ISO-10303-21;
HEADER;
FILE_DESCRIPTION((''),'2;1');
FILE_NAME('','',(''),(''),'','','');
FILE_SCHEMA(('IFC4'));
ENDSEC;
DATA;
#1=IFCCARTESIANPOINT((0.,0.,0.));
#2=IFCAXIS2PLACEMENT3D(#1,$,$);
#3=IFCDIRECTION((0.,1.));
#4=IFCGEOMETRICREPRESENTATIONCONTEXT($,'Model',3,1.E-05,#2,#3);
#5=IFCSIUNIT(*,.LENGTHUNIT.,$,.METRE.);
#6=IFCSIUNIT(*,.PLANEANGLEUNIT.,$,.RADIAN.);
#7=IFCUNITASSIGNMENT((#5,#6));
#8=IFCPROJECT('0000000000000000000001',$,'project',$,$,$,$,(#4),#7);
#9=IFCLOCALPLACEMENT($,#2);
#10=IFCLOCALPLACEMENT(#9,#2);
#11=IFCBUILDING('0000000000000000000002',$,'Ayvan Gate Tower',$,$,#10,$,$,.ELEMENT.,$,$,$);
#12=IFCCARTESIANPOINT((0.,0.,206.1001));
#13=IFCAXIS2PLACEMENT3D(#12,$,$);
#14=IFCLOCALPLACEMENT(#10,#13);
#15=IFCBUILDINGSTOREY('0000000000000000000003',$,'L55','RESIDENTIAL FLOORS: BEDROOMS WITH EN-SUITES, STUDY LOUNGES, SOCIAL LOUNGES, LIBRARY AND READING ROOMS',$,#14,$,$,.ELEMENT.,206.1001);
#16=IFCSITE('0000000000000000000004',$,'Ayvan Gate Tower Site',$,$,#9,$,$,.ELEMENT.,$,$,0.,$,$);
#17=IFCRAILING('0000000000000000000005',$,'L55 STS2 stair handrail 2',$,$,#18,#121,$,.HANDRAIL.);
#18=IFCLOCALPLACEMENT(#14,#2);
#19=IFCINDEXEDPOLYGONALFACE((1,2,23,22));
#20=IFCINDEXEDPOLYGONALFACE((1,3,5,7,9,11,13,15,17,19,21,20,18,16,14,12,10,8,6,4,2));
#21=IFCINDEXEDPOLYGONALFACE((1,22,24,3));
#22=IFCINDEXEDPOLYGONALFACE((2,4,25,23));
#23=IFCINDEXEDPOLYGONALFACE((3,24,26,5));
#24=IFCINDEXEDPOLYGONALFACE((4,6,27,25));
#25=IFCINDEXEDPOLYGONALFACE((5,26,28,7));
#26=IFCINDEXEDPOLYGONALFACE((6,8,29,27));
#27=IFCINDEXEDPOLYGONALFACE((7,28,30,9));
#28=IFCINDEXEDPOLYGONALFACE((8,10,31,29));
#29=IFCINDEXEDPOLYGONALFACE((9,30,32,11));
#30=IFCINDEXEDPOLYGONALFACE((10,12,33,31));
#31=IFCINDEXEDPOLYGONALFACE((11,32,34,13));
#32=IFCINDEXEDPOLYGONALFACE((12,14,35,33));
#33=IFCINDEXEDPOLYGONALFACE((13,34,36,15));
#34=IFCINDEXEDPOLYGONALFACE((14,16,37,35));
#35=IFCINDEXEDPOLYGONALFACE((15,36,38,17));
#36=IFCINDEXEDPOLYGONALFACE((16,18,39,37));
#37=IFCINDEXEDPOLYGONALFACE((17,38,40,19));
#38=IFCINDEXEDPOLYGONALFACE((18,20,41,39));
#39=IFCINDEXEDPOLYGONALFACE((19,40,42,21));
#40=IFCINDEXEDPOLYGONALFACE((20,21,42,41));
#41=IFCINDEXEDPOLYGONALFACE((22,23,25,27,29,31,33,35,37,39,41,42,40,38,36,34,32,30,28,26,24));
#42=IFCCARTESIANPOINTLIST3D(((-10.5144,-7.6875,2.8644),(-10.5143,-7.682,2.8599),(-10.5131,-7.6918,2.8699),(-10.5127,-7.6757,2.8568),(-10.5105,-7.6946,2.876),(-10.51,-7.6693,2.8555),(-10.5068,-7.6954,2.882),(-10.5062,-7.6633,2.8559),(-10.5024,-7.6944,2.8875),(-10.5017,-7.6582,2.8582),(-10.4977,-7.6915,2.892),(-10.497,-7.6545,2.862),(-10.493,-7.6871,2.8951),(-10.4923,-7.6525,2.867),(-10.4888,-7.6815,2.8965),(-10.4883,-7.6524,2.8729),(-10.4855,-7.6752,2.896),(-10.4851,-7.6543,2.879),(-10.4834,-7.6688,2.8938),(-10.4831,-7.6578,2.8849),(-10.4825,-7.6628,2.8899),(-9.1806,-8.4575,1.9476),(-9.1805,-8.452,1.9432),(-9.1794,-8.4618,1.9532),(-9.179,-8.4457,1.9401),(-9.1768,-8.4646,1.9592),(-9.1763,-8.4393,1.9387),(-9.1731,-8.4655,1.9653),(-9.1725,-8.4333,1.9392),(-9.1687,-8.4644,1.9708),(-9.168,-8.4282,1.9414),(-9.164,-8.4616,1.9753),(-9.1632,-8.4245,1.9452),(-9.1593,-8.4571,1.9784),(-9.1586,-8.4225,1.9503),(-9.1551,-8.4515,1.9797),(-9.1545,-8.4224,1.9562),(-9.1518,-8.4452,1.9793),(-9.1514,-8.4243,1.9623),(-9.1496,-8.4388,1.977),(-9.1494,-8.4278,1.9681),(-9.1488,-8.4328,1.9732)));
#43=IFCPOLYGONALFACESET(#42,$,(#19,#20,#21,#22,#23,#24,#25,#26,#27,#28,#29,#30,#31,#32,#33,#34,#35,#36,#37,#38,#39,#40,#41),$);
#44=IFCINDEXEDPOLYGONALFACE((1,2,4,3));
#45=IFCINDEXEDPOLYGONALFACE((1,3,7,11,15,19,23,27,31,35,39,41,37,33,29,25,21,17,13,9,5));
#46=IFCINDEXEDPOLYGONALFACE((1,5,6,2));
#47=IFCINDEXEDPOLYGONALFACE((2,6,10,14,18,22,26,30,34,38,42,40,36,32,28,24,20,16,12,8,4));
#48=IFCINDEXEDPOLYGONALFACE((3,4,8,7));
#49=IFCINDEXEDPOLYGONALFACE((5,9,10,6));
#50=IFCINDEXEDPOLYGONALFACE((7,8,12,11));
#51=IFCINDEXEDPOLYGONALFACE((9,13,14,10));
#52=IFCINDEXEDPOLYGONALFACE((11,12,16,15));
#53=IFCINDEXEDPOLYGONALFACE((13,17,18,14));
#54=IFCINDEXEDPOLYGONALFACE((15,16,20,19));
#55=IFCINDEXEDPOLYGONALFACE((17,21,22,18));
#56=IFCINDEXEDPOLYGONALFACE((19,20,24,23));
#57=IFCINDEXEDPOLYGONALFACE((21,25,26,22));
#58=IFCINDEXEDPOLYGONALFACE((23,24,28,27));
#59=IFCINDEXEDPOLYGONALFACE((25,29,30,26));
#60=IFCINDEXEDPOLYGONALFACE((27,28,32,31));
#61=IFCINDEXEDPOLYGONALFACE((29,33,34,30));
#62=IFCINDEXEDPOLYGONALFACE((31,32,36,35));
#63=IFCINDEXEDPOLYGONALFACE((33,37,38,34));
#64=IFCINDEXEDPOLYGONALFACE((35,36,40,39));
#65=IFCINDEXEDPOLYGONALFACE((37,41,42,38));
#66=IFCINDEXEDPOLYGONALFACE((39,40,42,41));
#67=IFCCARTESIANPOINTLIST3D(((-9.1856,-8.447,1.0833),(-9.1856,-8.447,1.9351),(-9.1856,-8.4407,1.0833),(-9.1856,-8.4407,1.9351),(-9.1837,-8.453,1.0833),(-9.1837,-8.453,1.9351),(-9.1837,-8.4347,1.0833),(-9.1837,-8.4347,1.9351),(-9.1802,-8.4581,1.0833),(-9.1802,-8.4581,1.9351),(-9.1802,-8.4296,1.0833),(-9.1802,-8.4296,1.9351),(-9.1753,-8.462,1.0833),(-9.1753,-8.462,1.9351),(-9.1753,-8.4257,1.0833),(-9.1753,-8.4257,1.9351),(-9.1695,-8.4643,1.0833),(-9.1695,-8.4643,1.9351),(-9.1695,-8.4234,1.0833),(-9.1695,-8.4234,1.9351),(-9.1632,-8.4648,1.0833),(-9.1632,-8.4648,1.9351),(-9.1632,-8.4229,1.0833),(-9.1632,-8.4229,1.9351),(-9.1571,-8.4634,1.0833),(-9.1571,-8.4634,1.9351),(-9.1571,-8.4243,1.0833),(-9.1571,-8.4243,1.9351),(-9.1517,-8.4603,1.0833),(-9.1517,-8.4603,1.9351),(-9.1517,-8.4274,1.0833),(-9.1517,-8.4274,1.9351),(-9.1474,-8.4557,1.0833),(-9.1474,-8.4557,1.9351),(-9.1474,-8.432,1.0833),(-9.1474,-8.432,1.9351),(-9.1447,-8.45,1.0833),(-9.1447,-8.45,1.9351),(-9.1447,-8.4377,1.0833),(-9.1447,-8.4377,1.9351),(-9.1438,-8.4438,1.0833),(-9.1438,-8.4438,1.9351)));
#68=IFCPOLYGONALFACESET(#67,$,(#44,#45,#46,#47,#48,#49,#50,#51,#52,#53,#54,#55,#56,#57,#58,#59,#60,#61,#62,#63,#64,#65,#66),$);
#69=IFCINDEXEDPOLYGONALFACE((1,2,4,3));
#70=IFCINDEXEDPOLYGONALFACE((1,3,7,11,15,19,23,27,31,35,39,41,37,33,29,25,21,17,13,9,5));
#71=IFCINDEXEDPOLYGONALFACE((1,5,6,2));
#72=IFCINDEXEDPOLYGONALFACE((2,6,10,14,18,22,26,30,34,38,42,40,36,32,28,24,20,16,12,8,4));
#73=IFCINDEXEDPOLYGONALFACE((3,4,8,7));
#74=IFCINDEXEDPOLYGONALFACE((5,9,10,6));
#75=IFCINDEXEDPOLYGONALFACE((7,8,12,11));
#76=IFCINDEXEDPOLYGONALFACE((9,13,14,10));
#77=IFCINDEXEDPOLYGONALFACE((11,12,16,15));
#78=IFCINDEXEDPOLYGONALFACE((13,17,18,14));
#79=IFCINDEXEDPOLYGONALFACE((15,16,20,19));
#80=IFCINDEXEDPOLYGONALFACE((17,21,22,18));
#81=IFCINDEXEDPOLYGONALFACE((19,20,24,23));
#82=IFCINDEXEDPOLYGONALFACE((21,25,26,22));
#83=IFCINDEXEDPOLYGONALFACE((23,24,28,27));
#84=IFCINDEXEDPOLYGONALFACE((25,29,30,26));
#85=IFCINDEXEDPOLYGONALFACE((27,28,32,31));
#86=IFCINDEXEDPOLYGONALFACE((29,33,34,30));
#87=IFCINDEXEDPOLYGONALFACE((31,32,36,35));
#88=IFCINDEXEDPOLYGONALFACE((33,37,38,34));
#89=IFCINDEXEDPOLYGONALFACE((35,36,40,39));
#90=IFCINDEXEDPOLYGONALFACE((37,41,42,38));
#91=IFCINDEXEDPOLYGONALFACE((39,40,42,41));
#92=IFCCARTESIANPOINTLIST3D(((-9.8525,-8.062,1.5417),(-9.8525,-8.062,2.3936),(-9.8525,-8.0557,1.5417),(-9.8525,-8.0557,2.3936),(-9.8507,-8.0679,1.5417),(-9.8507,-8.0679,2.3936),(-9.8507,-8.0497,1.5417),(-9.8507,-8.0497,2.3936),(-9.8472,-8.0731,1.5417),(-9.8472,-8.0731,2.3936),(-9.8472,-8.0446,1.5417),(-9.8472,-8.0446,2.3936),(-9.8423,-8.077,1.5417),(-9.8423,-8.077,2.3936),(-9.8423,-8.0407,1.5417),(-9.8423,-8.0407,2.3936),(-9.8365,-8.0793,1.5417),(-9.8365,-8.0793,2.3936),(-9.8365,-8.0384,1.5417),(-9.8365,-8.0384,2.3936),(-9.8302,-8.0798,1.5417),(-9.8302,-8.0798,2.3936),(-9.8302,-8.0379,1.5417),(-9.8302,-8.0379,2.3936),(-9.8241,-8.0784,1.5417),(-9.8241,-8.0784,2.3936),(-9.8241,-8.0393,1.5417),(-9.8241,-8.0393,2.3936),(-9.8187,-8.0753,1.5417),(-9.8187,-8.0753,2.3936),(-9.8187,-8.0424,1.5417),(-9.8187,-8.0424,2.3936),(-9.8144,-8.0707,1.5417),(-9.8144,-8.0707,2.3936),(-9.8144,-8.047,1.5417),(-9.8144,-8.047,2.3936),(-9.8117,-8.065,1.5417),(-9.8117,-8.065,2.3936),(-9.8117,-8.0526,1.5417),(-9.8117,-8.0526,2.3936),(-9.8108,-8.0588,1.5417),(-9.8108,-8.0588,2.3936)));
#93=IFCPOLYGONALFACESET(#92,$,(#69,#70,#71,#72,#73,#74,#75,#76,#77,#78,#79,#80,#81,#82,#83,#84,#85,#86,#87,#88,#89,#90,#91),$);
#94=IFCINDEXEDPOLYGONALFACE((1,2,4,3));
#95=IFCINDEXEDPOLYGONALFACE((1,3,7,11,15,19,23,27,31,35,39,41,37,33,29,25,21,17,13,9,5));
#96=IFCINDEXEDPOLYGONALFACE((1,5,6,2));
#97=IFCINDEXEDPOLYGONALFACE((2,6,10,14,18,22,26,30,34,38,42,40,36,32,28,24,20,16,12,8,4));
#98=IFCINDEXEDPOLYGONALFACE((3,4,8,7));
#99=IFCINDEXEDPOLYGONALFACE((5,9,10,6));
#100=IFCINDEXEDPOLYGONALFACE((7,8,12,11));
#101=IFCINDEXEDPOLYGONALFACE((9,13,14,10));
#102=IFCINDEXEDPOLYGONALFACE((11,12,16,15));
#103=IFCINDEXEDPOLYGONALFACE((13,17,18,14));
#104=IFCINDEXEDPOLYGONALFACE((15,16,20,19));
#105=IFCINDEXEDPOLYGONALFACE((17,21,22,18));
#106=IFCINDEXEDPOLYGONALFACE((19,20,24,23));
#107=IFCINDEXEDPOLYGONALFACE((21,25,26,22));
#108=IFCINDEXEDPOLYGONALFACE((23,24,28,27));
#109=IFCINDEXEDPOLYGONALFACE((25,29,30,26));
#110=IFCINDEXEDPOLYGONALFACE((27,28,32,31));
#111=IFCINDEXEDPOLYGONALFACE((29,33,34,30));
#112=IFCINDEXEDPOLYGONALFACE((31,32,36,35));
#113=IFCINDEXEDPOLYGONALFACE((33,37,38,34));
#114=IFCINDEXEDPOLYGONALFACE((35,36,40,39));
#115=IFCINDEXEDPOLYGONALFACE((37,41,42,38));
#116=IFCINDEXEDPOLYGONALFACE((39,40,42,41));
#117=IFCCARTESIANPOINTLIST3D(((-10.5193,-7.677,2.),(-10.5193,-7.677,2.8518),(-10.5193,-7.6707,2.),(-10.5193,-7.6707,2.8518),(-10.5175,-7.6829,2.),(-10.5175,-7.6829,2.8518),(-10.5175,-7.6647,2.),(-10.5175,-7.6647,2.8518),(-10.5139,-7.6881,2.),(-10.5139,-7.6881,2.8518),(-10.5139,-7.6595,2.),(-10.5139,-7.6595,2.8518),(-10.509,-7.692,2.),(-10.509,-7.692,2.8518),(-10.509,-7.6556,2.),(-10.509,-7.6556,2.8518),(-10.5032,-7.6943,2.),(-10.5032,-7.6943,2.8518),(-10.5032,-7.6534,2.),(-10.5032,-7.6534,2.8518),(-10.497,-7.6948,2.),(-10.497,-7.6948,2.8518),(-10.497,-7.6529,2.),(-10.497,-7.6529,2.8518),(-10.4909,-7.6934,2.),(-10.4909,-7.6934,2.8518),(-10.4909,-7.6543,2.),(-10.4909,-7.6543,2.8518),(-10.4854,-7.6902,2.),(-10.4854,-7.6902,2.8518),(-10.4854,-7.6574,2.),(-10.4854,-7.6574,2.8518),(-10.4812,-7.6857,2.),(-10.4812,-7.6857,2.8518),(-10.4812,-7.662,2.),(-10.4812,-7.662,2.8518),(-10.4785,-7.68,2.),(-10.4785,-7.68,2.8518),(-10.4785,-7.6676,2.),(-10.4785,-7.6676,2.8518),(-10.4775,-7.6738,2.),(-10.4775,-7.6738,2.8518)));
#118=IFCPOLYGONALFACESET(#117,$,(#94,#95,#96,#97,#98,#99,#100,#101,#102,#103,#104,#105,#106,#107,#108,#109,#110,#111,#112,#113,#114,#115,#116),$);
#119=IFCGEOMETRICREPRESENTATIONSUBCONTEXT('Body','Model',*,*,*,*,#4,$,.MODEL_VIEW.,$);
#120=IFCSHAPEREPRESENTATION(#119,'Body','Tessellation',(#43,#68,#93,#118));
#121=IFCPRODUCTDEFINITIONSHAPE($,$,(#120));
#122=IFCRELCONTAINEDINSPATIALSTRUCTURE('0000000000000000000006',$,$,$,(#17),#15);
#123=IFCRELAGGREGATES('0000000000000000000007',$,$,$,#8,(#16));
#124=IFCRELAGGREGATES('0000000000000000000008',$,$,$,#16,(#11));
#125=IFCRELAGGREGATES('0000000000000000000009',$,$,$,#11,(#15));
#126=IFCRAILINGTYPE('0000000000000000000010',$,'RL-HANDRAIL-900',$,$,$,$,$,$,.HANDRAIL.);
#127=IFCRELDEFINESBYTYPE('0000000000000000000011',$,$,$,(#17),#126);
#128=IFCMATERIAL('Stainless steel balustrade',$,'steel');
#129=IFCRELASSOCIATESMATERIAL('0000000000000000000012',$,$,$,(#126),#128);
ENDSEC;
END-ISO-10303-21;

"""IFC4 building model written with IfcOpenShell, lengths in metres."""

from ifc_helpers import new_model, si_unit, direction, frame, origin, origin_2d, place, context, subcontext, project, spatial, circle, extrude, material, type_object, element, save


model = new_model("IFC4")

# Units and contexts
model_context = context("Model", 3, precision=1e-05, world=origin(), true_north=direction((0.0, 1.0)))
body_context = subcontext(model_context, "Body", "Model", "MODEL_VIEW")
ifc_project = project(units=[si_unit("LENGTHUNIT", "METRE"), si_unit("PLANEANGLEUNIT", "RADIAN")], contexts=[model_context])

# Site, building, storey
site_placement = place(None, origin())
site = spatial("IfcSite", under=ifc_project, at=site_placement, Name="Ayvan Gate Tower Site", CompositionType="ELEMENT", RefElevation=0.0)
building_placement = place(site_placement, origin())
building = spatial("IfcBuilding", under=site, at=building_placement, Name="Ayvan Gate Tower", CompositionType="ELEMENT")
storey_placement = place(building_placement, frame((0.0, 0.0, 206.1001)))
storey = spatial("IfcBuildingStorey", under=building, at=storey_placement, Name="L55", Description="RESIDENTIAL FLOORS: BEDROOMS WITH EN-SUITES, STUDY LOUNGES, SOCIAL LOUNGES, LIBRARY AND READING ROOMS", CompositionType="ELEMENT", Elevation=206.1001)

# Railing
ifc_material_1 = material(Name="Stainless steel balustrade", Category="steel")
railing_type_1 = type_object("IfcRailingType", Name="RL-HANDRAIL-900", PredefinedType="HANDRAIL", material=ifc_material_1)
for number, where, name in (
    (1, (-9.1648, -8.4438, 1.0833), "L55 STS2 stair handrail 2"),
):
    element("IfcRailing", number, at=place(storey_placement, frame(where)), inside=storey, type_object=railing_type_1, Name=name, PredefinedType="HANDRAIL", context=body_context, shape_type="SweptSolid", body=[
        extrude(circle(Radius=0.0239, at=origin_2d()), frame((0.0, 0.0, 0.876), z_axis=(-0.744164, 0.429634, 0.511502), x_axis=(-0.499992, -0.86603, 0.0)), (0.0, 0.0, 1.0), 1.7922),
        extrude(circle(Radius=0.021, at=origin_2d()), origin(), (0.0, 0.0, 1.0), 0.8518),
        extrude(circle(Radius=0.021, at=origin_2d()), frame((-0.667, 0.385, 0.4585)), (0.0, 0.0, 1.0), 0.8518),
        extrude(circle(Radius=0.021, at=origin_2d()), frame((-1.3337, 0.77, 0.9167)), (0.0, 0.0, 1.0), 0.8518),
    ])

save(model, "model.ifc")
